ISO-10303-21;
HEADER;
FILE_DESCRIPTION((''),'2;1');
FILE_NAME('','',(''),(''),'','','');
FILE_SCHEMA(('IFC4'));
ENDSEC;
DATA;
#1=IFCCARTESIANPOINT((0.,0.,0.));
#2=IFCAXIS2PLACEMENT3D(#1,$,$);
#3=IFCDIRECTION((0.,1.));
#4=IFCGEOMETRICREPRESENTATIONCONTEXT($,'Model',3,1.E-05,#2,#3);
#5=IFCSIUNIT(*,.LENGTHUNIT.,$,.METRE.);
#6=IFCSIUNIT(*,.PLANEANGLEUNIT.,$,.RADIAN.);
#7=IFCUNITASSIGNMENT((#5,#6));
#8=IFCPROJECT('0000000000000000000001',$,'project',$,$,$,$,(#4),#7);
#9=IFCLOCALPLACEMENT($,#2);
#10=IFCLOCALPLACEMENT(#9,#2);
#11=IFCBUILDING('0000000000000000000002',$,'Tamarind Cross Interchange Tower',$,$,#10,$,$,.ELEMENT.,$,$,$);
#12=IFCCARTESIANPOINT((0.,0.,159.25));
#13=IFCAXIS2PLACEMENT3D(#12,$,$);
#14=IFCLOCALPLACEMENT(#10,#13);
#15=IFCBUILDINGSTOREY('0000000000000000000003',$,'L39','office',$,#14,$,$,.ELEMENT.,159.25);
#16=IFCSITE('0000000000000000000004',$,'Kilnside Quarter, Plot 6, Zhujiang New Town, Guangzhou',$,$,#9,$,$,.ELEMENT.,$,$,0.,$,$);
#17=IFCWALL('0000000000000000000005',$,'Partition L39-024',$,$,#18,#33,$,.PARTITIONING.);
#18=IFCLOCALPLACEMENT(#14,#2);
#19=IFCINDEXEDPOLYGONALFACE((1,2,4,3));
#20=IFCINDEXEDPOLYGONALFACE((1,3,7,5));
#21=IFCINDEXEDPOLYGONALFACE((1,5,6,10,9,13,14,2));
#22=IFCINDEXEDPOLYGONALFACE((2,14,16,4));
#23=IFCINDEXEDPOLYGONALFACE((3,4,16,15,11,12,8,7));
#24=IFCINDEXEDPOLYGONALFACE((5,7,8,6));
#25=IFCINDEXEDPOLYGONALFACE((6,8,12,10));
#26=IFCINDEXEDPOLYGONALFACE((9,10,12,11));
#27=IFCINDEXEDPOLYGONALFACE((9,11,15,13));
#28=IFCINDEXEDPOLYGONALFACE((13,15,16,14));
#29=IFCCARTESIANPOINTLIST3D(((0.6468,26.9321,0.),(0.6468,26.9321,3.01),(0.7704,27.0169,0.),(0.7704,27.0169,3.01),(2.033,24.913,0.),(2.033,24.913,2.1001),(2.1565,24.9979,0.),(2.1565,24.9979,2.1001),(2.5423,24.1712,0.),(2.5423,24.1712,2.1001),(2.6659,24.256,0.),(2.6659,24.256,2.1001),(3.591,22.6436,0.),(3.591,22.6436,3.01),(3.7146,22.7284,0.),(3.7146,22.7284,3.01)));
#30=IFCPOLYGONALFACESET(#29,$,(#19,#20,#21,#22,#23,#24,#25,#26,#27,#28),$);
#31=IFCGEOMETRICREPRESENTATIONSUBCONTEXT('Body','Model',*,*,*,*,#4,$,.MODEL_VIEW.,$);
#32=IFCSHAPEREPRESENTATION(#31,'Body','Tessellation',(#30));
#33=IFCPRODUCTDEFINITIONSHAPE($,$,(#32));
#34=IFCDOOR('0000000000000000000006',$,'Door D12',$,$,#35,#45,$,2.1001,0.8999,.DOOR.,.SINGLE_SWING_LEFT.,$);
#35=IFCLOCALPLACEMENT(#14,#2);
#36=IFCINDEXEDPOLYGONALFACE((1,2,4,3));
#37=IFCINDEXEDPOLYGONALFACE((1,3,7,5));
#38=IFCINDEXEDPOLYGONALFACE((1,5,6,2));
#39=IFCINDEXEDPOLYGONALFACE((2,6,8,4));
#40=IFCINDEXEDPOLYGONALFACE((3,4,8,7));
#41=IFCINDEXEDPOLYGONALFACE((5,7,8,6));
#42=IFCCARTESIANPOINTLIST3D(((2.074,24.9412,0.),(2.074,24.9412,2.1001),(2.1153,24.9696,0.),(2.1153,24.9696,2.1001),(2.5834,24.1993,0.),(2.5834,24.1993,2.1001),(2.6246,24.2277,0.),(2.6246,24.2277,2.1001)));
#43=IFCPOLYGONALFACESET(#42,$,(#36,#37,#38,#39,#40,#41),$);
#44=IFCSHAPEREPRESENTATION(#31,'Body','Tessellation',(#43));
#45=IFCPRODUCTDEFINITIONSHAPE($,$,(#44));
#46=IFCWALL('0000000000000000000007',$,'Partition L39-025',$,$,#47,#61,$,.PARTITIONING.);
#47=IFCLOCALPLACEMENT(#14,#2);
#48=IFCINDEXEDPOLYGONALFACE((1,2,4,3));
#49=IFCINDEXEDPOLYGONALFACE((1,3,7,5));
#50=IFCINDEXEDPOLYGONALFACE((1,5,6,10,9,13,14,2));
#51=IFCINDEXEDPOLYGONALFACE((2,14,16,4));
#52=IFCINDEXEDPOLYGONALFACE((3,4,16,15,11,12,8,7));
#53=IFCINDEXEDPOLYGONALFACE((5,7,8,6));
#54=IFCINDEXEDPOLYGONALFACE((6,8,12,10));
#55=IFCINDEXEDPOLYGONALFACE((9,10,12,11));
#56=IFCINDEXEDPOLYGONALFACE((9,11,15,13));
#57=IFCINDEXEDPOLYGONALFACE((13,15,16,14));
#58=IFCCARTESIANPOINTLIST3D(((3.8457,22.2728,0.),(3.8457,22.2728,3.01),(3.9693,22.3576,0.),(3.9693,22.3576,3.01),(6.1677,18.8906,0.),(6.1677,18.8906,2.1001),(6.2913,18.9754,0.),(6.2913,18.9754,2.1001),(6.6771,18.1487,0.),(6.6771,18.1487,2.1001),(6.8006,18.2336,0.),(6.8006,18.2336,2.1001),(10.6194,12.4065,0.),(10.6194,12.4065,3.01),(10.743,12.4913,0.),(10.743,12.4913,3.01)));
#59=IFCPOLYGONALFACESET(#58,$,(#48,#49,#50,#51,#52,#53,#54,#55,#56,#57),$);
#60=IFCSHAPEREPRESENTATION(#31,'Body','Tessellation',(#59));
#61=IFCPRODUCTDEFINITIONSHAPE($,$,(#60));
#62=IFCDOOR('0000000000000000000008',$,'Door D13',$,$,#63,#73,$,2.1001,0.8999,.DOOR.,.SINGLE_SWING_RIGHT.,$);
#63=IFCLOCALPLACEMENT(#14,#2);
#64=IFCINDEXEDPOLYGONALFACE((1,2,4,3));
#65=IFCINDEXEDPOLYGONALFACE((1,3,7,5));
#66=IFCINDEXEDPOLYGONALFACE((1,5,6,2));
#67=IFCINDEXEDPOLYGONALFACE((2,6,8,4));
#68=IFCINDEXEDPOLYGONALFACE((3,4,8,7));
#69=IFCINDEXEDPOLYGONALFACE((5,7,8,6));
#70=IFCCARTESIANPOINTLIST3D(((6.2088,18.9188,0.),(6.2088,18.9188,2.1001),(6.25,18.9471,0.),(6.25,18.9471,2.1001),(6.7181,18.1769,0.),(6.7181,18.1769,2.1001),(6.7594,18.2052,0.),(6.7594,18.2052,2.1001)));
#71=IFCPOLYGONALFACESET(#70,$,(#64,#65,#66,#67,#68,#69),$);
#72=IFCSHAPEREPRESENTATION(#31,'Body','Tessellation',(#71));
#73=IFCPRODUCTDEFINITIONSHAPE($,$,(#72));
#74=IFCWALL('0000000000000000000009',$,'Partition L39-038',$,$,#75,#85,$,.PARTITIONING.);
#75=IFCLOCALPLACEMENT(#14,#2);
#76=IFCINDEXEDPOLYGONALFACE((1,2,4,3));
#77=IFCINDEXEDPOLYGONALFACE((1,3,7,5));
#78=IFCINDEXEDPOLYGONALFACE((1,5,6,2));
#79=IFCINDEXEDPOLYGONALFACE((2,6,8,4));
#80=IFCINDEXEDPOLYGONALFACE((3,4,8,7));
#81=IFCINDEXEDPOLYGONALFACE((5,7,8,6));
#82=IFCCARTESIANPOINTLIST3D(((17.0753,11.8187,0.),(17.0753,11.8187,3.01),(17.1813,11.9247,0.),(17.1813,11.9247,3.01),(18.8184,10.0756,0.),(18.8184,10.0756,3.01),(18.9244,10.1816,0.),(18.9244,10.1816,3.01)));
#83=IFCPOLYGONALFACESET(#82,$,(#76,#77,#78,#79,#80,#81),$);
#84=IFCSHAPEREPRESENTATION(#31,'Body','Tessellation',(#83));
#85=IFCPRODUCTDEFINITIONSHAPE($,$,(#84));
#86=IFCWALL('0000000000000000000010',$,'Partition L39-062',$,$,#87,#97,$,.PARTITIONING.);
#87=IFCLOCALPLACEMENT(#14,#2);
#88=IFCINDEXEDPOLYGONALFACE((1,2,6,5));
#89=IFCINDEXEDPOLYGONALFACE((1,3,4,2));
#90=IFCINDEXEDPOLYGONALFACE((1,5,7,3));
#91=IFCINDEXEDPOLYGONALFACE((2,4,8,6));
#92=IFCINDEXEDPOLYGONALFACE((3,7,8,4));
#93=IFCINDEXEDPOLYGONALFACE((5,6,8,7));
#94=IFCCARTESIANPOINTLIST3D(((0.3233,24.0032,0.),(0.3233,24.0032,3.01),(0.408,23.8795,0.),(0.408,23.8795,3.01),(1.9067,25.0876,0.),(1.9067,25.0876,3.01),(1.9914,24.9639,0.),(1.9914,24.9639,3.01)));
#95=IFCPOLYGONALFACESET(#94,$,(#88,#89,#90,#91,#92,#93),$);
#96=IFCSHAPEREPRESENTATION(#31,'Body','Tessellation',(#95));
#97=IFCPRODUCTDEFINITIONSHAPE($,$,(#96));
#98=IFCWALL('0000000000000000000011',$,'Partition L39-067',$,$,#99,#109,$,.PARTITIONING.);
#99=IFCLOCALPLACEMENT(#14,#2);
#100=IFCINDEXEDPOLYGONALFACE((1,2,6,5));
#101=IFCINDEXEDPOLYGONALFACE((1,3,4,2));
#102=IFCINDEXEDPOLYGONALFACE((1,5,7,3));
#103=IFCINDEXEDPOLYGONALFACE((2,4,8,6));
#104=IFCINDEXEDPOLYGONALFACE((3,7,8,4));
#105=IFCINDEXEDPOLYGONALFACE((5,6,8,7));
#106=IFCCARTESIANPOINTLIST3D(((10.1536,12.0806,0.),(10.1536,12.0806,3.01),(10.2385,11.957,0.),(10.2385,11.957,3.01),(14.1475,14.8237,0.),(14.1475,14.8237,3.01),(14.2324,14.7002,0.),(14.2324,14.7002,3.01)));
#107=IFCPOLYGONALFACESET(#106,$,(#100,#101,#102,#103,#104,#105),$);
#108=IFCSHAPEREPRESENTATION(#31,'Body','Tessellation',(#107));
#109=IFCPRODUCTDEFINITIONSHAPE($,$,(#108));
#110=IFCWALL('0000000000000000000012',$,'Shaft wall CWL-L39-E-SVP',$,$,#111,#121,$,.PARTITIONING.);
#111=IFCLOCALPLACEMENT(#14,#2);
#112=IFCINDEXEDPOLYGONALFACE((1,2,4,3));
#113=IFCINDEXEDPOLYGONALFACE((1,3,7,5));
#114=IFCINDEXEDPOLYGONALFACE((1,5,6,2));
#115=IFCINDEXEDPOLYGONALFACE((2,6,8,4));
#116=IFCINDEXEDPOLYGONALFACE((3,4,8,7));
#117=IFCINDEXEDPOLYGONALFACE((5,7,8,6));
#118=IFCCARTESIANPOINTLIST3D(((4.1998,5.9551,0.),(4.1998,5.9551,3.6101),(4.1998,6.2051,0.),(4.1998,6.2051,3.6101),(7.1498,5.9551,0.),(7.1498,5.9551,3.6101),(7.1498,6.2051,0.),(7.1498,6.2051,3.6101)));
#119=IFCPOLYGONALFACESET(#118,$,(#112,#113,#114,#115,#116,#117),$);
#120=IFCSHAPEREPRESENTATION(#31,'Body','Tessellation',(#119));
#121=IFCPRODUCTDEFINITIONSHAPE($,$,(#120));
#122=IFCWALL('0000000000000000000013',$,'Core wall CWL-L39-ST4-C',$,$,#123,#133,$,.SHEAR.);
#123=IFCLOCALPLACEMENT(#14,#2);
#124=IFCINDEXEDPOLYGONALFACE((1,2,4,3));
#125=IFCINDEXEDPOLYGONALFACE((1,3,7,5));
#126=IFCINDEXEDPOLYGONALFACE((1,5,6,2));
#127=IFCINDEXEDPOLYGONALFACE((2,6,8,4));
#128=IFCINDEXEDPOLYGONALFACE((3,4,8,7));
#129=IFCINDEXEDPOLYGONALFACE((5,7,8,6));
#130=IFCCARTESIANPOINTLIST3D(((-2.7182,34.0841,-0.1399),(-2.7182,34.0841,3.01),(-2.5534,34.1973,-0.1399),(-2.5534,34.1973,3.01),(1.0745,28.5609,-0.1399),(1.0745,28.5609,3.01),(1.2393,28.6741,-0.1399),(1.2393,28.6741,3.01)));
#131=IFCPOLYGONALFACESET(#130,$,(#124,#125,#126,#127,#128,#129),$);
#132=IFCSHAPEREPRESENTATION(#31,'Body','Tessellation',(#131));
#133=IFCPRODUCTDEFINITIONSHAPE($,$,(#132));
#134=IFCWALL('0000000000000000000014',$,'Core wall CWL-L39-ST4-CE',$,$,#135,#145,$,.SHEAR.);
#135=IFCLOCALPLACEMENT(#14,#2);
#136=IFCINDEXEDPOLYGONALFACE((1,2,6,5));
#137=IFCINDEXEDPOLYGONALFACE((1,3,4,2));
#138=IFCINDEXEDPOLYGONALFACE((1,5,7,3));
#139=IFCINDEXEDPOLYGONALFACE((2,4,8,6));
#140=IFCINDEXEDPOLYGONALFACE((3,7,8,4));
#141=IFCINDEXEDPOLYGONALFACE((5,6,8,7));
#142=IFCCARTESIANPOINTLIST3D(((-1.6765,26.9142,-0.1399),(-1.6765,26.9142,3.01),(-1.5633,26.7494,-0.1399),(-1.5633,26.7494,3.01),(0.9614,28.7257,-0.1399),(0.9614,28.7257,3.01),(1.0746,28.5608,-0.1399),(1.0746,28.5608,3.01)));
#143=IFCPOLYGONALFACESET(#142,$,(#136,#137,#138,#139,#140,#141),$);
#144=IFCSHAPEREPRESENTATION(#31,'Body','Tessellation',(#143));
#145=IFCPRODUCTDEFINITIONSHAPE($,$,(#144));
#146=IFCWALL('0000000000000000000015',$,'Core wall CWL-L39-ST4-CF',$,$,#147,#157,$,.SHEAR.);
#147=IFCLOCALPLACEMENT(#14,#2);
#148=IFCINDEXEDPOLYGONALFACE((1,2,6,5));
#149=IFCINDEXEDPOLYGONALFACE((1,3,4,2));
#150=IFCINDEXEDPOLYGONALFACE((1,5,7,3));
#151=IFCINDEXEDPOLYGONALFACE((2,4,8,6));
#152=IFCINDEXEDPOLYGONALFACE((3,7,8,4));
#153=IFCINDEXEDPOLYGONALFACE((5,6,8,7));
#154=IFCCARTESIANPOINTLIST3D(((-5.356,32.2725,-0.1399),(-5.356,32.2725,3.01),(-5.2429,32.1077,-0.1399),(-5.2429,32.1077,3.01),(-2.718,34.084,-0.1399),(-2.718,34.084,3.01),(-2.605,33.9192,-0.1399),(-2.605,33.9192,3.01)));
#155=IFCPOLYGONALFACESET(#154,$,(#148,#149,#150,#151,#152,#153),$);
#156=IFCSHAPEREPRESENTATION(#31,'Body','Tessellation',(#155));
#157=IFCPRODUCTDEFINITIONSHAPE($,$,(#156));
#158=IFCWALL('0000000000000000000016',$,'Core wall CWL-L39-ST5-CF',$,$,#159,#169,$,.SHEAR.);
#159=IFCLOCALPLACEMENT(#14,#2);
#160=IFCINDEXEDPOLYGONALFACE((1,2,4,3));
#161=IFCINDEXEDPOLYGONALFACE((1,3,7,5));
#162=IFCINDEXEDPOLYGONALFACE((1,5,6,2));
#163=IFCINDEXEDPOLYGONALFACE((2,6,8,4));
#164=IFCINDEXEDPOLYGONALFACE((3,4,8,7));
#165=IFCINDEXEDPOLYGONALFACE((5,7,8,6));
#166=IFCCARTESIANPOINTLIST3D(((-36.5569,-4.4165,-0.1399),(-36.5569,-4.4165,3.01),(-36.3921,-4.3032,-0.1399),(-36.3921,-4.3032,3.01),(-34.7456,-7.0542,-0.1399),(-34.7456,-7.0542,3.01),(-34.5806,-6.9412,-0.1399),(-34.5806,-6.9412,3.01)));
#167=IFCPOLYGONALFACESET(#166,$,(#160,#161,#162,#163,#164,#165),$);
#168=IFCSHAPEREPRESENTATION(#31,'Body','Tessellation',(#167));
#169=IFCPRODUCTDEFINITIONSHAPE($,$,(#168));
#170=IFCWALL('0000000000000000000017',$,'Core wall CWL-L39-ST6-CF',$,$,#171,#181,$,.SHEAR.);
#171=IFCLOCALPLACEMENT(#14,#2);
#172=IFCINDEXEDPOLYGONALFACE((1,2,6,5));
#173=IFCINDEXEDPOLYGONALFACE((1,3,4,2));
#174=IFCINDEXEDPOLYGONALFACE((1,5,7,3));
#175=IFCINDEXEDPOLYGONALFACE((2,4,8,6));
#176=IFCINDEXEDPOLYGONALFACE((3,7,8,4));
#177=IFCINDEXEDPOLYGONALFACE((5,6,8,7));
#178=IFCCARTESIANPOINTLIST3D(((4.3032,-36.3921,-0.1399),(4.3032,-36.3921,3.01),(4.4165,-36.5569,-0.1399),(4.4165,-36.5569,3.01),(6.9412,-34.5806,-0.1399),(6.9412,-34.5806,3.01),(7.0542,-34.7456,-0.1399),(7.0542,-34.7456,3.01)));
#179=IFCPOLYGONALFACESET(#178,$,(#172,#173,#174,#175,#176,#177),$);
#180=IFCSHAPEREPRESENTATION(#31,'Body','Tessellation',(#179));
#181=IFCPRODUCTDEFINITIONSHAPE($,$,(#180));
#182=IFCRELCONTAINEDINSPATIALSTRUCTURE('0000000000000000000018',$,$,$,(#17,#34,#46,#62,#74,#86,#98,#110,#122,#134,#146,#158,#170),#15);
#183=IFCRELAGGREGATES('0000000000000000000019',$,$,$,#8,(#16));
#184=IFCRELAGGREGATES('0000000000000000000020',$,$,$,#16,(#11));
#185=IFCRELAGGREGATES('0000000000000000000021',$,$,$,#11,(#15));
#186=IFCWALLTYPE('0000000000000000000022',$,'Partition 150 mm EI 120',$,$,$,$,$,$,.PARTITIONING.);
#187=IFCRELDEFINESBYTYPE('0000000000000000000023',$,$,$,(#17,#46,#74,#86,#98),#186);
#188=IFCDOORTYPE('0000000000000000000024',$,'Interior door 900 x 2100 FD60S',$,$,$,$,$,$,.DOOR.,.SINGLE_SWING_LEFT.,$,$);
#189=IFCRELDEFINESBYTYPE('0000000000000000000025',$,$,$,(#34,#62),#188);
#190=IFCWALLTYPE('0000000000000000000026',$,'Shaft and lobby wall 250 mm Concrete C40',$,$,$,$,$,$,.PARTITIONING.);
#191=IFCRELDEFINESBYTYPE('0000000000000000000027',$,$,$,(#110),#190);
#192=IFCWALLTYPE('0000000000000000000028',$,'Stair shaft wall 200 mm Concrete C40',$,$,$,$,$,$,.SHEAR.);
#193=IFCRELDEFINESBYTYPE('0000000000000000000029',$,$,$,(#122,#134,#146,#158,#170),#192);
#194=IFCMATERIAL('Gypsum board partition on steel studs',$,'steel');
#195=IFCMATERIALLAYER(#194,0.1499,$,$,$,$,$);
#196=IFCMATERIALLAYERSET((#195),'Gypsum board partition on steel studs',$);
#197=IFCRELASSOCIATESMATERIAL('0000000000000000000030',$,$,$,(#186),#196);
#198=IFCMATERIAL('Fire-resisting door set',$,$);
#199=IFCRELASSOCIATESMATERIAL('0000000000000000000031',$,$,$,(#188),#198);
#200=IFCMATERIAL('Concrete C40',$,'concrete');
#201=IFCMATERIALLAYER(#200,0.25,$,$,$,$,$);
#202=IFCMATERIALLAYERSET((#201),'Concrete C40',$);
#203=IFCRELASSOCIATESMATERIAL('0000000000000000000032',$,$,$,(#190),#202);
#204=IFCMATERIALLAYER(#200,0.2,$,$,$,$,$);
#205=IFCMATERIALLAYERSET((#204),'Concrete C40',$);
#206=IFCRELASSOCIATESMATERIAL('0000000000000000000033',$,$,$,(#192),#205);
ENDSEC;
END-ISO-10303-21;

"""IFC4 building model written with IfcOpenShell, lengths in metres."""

from ifc_helpers import new_model, si_unit, direction, frame, frame_2d, origin, place, context, subcontext, project, spatial, polyline, rectangle, outline, extrude, material, layer, layer_set, type_object, element, fill, save


model = new_model("IFC4")

# Units and contexts
model_context = context("Model", 3, precision=1e-05, world=origin(), true_north=direction((0.0, 1.0)))
body_context = subcontext(model_context, "Body", "Model", "MODEL_VIEW")
ifc_project = project(units=[si_unit("LENGTHUNIT", "METRE"), si_unit("PLANEANGLEUNIT", "RADIAN")], contexts=[model_context])

# Site, building, storey
site_placement = place(None, origin())
site = spatial("IfcSite", under=ifc_project, at=site_placement, Name="Kilnside Quarter, Plot 6, Zhujiang New Town, Guangzhou", CompositionType="ELEMENT", RefElevation=0.0)
building_placement = place(site_placement, origin())
building = spatial("IfcBuilding", under=site, at=building_placement, Name="Tamarind Cross Interchange Tower", CompositionType="ELEMENT")
storey_placement = place(building_placement, frame((0.0, 0.0, 159.25)))
storey = spatial("IfcBuildingStorey", under=building, at=storey_placement, Name="L39", Description="office", CompositionType="ELEMENT", Elevation=159.25)

# Shared definitions
ifc_material_1 = material(Name="Concrete C40", Category="concrete")

# Shared definitions
ifc_material_2 = material(Name="Gypsum board partition on steel studs", Category="steel")

# Walls, openings, doors
ifc_layer_1 = layer(ifc_material_2, 0.1499)
ifc_layer_set_1 = layer_set([ifc_layer_1], Name="Gypsum board partition on steel studs")
wall_type_1 = type_object("IfcWallType", Name="Partition 150 mm EI 120", PredefinedType="PARTITIONING", material=ifc_layer_set_1)
wall_1_placement = place(storey_placement, frame((0.7085, 26.9746, 0.0), z_axis=(0.0, 0.0, 1.0), x_axis=(0.565999, -0.824406, 0.0)))
wall_1 = element("IfcWall", 1, at=wall_1_placement, inside=storey, type_object=wall_type_1, Name="Partition L39-024", PredefinedType="PARTITIONING", context=body_context, shape_type="SweptSolid", body=[
    extrude(rectangle(XDim=5.2019, YDim=0.1499, at=frame_2d((2.6011, 0.0))), origin(), (0.0, 0.0, 1.0), 3.01),
])
opening_1_placement = place(wall_1_placement, frame((2.4492, 0.0, 0.0)))
opening_1 = element("IfcOpeningElement", 2, at=opening_1_placement, cuts=wall_1, PredefinedType="OPENING", context=body_context, shape_type="SweptSolid", body=[
    extrude(rectangle(XDim=0.8999, YDim=2.1001, at=frame_2d((0.45, 1.05))), frame((0.0, 0.085, 0.0), z_axis=(0.0, -1.0, 0.0), x_axis=(1.0, 0.0, 0.0)), (0.0, 0.0, 1.0), 0.1699),
])
ifc_material_3 = material(Name="Fire-resisting door set")
door_type = type_object("IfcDoorType", Name="Interior door 900 x 2100 FD60S", OperationType="SINGLE_SWING_LEFT", PredefinedType="DOOR", material=ifc_material_3)
door_1_placement = place(opening_1_placement, origin())
door_1 = element("IfcDoor", 3, at=door_1_placement, inside=storey, type_object=door_type, Name="Door D12", OperationType="SINGLE_SWING_LEFT", OverallHeight=2.1001, OverallWidth=0.8999, PredefinedType="DOOR", context=body_context, shape_type="SweptSolid", body=[
    extrude(rectangle(XDim=0.8999, YDim=2.1001, at=frame_2d((0.45, 1.05))), frame((0.0, 0.0249, 0.0), z_axis=(0.0, -1.0, 0.0), x_axis=(1.0, 0.0, 0.0)), (0.0, 0.0, 1.0), 0.05),
])
fill(opening_1, door_1)
wall_2_placement = place(storey_placement, frame((3.9075, 22.3152, 0.0), z_axis=(0.0, 0.0, 1.0), x_axis=(0.565999, -0.824406, 0.0)))
wall_2 = element("IfcWall", 4, at=wall_2_placement, inside=storey, type_object=wall_type_1, Name="Partition L39-025", PredefinedType="PARTITIONING", context=body_context, shape_type="SweptSolid", body=[
    extrude(rectangle(XDim=11.9678, YDim=0.1499, at=frame_2d((5.9839, 0.0))), origin(), (0.0, 0.0, 1.0), 3.01),
])
opening_2_placement = place(wall_2_placement, frame((4.1025, 0.0, 0.0)))
opening_2 = element("IfcOpeningElement", 5, at=opening_2_placement, cuts=wall_2, PredefinedType="OPENING", context=body_context, shape_type="SweptSolid", body=[
    extrude(rectangle(XDim=0.8999, YDim=2.1001, at=frame_2d((0.45, 1.05))), frame((0.0, 0.085, 0.0), z_axis=(0.0, -1.0, 0.0), x_axis=(1.0, 0.0, 0.0)), (0.0, 0.0, 1.0), 0.1699),
])
door_2_placement = place(opening_2_placement, origin())
door_2 = element("IfcDoor", 6, at=door_2_placement, inside=storey, type_object=door_type, Name="Door D13", OperationType="SINGLE_SWING_RIGHT", OverallHeight=2.1001, OverallWidth=0.8999, PredefinedType="DOOR", context=body_context, shape_type="SweptSolid", body=[
    extrude(rectangle(XDim=0.8999, YDim=2.1001, at=frame_2d((0.45, 1.05))), frame((0.0, 0.0249, 0.0), z_axis=(0.0, -1.0, 0.0), x_axis=(1.0, 0.0, 0.0)), (0.0, 0.0, 1.0), 0.05),
])
fill(opening_2, door_2)

# Walls
wall_3_placement = place(storey_placement, frame((17.1284, 11.8716, 0.0), z_axis=(0.0, 0.0, 1.0), x_axis=(0.707107, -0.707107, 0.0)))
element("IfcWall", 7, at=wall_3_placement, inside=storey, type_object=wall_type_1, Name="Partition L39-038", PredefinedType="PARTITIONING", context=body_context, shape_type="SweptSolid", body=[
    extrude(rectangle(XDim=2.4651, YDim=0.1499, at=frame_2d((1.2324, 0.0))), origin(), (0.0, 0.0, 1.0), 3.01),
])
wall_4_placement = place(storey_placement, frame((0.3657, 23.9414, 0.0), z_axis=(0.0, 0.0, 1.0), x_axis=(0.825058, 0.565049, 0.0)))
element("IfcWall", 8, at=wall_4_placement, inside=storey, type_object=wall_type_1, Name="Partition L39-062", PredefinedType="PARTITIONING", context=body_context, shape_type="SweptSolid", body=[
    extrude(rectangle(XDim=1.9192, YDim=0.1499, at=frame_2d((0.9595, 0.0))), origin(), (0.0, 0.0, 1.0), 3.01),
])
wall_5_placement = place(storey_placement, frame((10.196, 12.0188, 0.0), z_axis=(0.0, 0.0, 1.0), x_axis=(0.824296, 0.566159, 0.0)))
element("IfcWall", 9, at=wall_5_placement, inside=storey, type_object=wall_type_1, Name="Partition L39-067", PredefinedType="PARTITIONING", context=body_context, shape_type="SweptSolid", body=[
    extrude(rectangle(XDim=4.8452, YDim=0.1499, at=frame_2d((2.4226, 0.0))), origin(), (0.0, 0.0, 1.0), 3.01),
])
ifc_layer_2 = layer(ifc_material_1, 0.25)
ifc_layer_set_2 = layer_set([ifc_layer_2], Name="Concrete C40")
wall_type_2 = type_object("IfcWallType", Name="Shaft and lobby wall 250 mm Concrete C40", PredefinedType="PARTITIONING", material=ifc_layer_set_2)
wall_6_placement = place(storey_placement, frame((7.1499, 6.0801, 0.0), z_axis=(0.0, 0.0, 1.0), x_axis=(-1.0, 0.0, 0.0)))
element("IfcWall", 10, at=wall_6_placement, inside=storey, type_object=wall_type_2, Name="Shaft wall CWL-L39-E-SVP", PredefinedType="PARTITIONING", context=body_context, shape_type="SweptSolid", body=[
    extrude(rectangle(XDim=2.95, YDim=0.25, at=frame_2d((1.4751, 0.0))), origin(), (0.0, 0.0, 1.0), 3.6101),
])
ifc_layer_3 = layer(ifc_material_1, 0.2)
ifc_layer_set_3 = layer_set([ifc_layer_3], Name="Concrete C40")
wall_type_3 = type_object("IfcWallType", Name="Stair shaft wall 200 mm Concrete C40", PredefinedType="SHEAR", material=ifc_layer_set_3)
wall_7_placement = place(storey_placement, frame((1.157, 28.6174, -0.1399), z_axis=(0.0, 0.0, 1.0), x_axis=(-0.566076, 0.824353, 0.0)))
element("IfcWall", 11, at=wall_7_placement, inside=storey, type_object=wall_type_3, Name="Core wall CWL-L39-ST4-C", PredefinedType="SHEAR", context=body_context, shape_type="SweptSolid", body=[
    extrude(rectangle(XDim=6.7, YDim=0.2, at=frame_2d((3.3501, 0.0))), origin(), (0.0, 0.0, 1.0), 3.1499),
])
wall_8_placement = place(storey_placement, frame((1.0181, 28.6433, -0.1399), z_axis=(0.0, 0.0, 1.0), x_axis=(-0.824342, -0.566092, 0.0)))
element("IfcWall", 12, at=wall_8_placement, inside=storey, type_object=wall_type_3, Name="Core wall CWL-L39-ST4-CE", PredefinedType="SHEAR", context=body_context, shape_type="SweptSolid", body=[
    extrude(rectangle(XDim=3.2, YDim=0.2, at=frame_2d((1.6001, 0.0))), origin(), (0.0, 0.0, 1.0), 3.1499),
])
wall_9_placement = place(storey_placement, frame((0.0, 0.0, -0.1399)))
element("IfcWall", 13, at=wall_9_placement, inside=storey, type_object=wall_type_3, Name="Core wall CWL-L39-ST4-CF", PredefinedType="SHEAR", context=body_context, shape_type="SweptSolid", body=[
    extrude(outline(polyline([(-2.605, 33.9192), (-2.718, 34.084), (-5.356, 32.2725), (-5.2429, 32.1077), (-2.605, 33.9192)])), origin(), (0.0, 0.0, 1.0), 3.1499),
])
wall_10_placement = place(storey_placement, frame((0.0, 0.0, -0.1399)))
element("IfcWall", 14, at=wall_10_placement, inside=storey, type_object=wall_type_3, Name="Core wall CWL-L39-ST5-CF", PredefinedType="SHEAR", context=body_context, shape_type="SweptSolid", body=[
    extrude(outline(polyline([(-36.3921, -4.3032), (-36.5569, -4.4165), (-34.7456, -7.0542), (-34.5806, -6.9412), (-36.3921, -4.3032)])), origin(), (0.0, 0.0, 1.0), 3.1499),
])
wall_11_placement = place(storey_placement, frame((0.0, 0.0, -0.1399)))
element("IfcWall", 15, at=wall_11_placement, inside=storey, type_object=wall_type_3, Name="Core wall CWL-L39-ST6-CF", PredefinedType="SHEAR", context=body_context, shape_type="SweptSolid", body=[
    extrude(outline(polyline([(4.3032, -36.3921), (4.4165, -36.5569), (7.0542, -34.7456), (6.9412, -34.5806), (4.3032, -36.3921)])), origin(), (0.0, 0.0, 1.0), 3.1499),
])

save(model, "model.ifc")
